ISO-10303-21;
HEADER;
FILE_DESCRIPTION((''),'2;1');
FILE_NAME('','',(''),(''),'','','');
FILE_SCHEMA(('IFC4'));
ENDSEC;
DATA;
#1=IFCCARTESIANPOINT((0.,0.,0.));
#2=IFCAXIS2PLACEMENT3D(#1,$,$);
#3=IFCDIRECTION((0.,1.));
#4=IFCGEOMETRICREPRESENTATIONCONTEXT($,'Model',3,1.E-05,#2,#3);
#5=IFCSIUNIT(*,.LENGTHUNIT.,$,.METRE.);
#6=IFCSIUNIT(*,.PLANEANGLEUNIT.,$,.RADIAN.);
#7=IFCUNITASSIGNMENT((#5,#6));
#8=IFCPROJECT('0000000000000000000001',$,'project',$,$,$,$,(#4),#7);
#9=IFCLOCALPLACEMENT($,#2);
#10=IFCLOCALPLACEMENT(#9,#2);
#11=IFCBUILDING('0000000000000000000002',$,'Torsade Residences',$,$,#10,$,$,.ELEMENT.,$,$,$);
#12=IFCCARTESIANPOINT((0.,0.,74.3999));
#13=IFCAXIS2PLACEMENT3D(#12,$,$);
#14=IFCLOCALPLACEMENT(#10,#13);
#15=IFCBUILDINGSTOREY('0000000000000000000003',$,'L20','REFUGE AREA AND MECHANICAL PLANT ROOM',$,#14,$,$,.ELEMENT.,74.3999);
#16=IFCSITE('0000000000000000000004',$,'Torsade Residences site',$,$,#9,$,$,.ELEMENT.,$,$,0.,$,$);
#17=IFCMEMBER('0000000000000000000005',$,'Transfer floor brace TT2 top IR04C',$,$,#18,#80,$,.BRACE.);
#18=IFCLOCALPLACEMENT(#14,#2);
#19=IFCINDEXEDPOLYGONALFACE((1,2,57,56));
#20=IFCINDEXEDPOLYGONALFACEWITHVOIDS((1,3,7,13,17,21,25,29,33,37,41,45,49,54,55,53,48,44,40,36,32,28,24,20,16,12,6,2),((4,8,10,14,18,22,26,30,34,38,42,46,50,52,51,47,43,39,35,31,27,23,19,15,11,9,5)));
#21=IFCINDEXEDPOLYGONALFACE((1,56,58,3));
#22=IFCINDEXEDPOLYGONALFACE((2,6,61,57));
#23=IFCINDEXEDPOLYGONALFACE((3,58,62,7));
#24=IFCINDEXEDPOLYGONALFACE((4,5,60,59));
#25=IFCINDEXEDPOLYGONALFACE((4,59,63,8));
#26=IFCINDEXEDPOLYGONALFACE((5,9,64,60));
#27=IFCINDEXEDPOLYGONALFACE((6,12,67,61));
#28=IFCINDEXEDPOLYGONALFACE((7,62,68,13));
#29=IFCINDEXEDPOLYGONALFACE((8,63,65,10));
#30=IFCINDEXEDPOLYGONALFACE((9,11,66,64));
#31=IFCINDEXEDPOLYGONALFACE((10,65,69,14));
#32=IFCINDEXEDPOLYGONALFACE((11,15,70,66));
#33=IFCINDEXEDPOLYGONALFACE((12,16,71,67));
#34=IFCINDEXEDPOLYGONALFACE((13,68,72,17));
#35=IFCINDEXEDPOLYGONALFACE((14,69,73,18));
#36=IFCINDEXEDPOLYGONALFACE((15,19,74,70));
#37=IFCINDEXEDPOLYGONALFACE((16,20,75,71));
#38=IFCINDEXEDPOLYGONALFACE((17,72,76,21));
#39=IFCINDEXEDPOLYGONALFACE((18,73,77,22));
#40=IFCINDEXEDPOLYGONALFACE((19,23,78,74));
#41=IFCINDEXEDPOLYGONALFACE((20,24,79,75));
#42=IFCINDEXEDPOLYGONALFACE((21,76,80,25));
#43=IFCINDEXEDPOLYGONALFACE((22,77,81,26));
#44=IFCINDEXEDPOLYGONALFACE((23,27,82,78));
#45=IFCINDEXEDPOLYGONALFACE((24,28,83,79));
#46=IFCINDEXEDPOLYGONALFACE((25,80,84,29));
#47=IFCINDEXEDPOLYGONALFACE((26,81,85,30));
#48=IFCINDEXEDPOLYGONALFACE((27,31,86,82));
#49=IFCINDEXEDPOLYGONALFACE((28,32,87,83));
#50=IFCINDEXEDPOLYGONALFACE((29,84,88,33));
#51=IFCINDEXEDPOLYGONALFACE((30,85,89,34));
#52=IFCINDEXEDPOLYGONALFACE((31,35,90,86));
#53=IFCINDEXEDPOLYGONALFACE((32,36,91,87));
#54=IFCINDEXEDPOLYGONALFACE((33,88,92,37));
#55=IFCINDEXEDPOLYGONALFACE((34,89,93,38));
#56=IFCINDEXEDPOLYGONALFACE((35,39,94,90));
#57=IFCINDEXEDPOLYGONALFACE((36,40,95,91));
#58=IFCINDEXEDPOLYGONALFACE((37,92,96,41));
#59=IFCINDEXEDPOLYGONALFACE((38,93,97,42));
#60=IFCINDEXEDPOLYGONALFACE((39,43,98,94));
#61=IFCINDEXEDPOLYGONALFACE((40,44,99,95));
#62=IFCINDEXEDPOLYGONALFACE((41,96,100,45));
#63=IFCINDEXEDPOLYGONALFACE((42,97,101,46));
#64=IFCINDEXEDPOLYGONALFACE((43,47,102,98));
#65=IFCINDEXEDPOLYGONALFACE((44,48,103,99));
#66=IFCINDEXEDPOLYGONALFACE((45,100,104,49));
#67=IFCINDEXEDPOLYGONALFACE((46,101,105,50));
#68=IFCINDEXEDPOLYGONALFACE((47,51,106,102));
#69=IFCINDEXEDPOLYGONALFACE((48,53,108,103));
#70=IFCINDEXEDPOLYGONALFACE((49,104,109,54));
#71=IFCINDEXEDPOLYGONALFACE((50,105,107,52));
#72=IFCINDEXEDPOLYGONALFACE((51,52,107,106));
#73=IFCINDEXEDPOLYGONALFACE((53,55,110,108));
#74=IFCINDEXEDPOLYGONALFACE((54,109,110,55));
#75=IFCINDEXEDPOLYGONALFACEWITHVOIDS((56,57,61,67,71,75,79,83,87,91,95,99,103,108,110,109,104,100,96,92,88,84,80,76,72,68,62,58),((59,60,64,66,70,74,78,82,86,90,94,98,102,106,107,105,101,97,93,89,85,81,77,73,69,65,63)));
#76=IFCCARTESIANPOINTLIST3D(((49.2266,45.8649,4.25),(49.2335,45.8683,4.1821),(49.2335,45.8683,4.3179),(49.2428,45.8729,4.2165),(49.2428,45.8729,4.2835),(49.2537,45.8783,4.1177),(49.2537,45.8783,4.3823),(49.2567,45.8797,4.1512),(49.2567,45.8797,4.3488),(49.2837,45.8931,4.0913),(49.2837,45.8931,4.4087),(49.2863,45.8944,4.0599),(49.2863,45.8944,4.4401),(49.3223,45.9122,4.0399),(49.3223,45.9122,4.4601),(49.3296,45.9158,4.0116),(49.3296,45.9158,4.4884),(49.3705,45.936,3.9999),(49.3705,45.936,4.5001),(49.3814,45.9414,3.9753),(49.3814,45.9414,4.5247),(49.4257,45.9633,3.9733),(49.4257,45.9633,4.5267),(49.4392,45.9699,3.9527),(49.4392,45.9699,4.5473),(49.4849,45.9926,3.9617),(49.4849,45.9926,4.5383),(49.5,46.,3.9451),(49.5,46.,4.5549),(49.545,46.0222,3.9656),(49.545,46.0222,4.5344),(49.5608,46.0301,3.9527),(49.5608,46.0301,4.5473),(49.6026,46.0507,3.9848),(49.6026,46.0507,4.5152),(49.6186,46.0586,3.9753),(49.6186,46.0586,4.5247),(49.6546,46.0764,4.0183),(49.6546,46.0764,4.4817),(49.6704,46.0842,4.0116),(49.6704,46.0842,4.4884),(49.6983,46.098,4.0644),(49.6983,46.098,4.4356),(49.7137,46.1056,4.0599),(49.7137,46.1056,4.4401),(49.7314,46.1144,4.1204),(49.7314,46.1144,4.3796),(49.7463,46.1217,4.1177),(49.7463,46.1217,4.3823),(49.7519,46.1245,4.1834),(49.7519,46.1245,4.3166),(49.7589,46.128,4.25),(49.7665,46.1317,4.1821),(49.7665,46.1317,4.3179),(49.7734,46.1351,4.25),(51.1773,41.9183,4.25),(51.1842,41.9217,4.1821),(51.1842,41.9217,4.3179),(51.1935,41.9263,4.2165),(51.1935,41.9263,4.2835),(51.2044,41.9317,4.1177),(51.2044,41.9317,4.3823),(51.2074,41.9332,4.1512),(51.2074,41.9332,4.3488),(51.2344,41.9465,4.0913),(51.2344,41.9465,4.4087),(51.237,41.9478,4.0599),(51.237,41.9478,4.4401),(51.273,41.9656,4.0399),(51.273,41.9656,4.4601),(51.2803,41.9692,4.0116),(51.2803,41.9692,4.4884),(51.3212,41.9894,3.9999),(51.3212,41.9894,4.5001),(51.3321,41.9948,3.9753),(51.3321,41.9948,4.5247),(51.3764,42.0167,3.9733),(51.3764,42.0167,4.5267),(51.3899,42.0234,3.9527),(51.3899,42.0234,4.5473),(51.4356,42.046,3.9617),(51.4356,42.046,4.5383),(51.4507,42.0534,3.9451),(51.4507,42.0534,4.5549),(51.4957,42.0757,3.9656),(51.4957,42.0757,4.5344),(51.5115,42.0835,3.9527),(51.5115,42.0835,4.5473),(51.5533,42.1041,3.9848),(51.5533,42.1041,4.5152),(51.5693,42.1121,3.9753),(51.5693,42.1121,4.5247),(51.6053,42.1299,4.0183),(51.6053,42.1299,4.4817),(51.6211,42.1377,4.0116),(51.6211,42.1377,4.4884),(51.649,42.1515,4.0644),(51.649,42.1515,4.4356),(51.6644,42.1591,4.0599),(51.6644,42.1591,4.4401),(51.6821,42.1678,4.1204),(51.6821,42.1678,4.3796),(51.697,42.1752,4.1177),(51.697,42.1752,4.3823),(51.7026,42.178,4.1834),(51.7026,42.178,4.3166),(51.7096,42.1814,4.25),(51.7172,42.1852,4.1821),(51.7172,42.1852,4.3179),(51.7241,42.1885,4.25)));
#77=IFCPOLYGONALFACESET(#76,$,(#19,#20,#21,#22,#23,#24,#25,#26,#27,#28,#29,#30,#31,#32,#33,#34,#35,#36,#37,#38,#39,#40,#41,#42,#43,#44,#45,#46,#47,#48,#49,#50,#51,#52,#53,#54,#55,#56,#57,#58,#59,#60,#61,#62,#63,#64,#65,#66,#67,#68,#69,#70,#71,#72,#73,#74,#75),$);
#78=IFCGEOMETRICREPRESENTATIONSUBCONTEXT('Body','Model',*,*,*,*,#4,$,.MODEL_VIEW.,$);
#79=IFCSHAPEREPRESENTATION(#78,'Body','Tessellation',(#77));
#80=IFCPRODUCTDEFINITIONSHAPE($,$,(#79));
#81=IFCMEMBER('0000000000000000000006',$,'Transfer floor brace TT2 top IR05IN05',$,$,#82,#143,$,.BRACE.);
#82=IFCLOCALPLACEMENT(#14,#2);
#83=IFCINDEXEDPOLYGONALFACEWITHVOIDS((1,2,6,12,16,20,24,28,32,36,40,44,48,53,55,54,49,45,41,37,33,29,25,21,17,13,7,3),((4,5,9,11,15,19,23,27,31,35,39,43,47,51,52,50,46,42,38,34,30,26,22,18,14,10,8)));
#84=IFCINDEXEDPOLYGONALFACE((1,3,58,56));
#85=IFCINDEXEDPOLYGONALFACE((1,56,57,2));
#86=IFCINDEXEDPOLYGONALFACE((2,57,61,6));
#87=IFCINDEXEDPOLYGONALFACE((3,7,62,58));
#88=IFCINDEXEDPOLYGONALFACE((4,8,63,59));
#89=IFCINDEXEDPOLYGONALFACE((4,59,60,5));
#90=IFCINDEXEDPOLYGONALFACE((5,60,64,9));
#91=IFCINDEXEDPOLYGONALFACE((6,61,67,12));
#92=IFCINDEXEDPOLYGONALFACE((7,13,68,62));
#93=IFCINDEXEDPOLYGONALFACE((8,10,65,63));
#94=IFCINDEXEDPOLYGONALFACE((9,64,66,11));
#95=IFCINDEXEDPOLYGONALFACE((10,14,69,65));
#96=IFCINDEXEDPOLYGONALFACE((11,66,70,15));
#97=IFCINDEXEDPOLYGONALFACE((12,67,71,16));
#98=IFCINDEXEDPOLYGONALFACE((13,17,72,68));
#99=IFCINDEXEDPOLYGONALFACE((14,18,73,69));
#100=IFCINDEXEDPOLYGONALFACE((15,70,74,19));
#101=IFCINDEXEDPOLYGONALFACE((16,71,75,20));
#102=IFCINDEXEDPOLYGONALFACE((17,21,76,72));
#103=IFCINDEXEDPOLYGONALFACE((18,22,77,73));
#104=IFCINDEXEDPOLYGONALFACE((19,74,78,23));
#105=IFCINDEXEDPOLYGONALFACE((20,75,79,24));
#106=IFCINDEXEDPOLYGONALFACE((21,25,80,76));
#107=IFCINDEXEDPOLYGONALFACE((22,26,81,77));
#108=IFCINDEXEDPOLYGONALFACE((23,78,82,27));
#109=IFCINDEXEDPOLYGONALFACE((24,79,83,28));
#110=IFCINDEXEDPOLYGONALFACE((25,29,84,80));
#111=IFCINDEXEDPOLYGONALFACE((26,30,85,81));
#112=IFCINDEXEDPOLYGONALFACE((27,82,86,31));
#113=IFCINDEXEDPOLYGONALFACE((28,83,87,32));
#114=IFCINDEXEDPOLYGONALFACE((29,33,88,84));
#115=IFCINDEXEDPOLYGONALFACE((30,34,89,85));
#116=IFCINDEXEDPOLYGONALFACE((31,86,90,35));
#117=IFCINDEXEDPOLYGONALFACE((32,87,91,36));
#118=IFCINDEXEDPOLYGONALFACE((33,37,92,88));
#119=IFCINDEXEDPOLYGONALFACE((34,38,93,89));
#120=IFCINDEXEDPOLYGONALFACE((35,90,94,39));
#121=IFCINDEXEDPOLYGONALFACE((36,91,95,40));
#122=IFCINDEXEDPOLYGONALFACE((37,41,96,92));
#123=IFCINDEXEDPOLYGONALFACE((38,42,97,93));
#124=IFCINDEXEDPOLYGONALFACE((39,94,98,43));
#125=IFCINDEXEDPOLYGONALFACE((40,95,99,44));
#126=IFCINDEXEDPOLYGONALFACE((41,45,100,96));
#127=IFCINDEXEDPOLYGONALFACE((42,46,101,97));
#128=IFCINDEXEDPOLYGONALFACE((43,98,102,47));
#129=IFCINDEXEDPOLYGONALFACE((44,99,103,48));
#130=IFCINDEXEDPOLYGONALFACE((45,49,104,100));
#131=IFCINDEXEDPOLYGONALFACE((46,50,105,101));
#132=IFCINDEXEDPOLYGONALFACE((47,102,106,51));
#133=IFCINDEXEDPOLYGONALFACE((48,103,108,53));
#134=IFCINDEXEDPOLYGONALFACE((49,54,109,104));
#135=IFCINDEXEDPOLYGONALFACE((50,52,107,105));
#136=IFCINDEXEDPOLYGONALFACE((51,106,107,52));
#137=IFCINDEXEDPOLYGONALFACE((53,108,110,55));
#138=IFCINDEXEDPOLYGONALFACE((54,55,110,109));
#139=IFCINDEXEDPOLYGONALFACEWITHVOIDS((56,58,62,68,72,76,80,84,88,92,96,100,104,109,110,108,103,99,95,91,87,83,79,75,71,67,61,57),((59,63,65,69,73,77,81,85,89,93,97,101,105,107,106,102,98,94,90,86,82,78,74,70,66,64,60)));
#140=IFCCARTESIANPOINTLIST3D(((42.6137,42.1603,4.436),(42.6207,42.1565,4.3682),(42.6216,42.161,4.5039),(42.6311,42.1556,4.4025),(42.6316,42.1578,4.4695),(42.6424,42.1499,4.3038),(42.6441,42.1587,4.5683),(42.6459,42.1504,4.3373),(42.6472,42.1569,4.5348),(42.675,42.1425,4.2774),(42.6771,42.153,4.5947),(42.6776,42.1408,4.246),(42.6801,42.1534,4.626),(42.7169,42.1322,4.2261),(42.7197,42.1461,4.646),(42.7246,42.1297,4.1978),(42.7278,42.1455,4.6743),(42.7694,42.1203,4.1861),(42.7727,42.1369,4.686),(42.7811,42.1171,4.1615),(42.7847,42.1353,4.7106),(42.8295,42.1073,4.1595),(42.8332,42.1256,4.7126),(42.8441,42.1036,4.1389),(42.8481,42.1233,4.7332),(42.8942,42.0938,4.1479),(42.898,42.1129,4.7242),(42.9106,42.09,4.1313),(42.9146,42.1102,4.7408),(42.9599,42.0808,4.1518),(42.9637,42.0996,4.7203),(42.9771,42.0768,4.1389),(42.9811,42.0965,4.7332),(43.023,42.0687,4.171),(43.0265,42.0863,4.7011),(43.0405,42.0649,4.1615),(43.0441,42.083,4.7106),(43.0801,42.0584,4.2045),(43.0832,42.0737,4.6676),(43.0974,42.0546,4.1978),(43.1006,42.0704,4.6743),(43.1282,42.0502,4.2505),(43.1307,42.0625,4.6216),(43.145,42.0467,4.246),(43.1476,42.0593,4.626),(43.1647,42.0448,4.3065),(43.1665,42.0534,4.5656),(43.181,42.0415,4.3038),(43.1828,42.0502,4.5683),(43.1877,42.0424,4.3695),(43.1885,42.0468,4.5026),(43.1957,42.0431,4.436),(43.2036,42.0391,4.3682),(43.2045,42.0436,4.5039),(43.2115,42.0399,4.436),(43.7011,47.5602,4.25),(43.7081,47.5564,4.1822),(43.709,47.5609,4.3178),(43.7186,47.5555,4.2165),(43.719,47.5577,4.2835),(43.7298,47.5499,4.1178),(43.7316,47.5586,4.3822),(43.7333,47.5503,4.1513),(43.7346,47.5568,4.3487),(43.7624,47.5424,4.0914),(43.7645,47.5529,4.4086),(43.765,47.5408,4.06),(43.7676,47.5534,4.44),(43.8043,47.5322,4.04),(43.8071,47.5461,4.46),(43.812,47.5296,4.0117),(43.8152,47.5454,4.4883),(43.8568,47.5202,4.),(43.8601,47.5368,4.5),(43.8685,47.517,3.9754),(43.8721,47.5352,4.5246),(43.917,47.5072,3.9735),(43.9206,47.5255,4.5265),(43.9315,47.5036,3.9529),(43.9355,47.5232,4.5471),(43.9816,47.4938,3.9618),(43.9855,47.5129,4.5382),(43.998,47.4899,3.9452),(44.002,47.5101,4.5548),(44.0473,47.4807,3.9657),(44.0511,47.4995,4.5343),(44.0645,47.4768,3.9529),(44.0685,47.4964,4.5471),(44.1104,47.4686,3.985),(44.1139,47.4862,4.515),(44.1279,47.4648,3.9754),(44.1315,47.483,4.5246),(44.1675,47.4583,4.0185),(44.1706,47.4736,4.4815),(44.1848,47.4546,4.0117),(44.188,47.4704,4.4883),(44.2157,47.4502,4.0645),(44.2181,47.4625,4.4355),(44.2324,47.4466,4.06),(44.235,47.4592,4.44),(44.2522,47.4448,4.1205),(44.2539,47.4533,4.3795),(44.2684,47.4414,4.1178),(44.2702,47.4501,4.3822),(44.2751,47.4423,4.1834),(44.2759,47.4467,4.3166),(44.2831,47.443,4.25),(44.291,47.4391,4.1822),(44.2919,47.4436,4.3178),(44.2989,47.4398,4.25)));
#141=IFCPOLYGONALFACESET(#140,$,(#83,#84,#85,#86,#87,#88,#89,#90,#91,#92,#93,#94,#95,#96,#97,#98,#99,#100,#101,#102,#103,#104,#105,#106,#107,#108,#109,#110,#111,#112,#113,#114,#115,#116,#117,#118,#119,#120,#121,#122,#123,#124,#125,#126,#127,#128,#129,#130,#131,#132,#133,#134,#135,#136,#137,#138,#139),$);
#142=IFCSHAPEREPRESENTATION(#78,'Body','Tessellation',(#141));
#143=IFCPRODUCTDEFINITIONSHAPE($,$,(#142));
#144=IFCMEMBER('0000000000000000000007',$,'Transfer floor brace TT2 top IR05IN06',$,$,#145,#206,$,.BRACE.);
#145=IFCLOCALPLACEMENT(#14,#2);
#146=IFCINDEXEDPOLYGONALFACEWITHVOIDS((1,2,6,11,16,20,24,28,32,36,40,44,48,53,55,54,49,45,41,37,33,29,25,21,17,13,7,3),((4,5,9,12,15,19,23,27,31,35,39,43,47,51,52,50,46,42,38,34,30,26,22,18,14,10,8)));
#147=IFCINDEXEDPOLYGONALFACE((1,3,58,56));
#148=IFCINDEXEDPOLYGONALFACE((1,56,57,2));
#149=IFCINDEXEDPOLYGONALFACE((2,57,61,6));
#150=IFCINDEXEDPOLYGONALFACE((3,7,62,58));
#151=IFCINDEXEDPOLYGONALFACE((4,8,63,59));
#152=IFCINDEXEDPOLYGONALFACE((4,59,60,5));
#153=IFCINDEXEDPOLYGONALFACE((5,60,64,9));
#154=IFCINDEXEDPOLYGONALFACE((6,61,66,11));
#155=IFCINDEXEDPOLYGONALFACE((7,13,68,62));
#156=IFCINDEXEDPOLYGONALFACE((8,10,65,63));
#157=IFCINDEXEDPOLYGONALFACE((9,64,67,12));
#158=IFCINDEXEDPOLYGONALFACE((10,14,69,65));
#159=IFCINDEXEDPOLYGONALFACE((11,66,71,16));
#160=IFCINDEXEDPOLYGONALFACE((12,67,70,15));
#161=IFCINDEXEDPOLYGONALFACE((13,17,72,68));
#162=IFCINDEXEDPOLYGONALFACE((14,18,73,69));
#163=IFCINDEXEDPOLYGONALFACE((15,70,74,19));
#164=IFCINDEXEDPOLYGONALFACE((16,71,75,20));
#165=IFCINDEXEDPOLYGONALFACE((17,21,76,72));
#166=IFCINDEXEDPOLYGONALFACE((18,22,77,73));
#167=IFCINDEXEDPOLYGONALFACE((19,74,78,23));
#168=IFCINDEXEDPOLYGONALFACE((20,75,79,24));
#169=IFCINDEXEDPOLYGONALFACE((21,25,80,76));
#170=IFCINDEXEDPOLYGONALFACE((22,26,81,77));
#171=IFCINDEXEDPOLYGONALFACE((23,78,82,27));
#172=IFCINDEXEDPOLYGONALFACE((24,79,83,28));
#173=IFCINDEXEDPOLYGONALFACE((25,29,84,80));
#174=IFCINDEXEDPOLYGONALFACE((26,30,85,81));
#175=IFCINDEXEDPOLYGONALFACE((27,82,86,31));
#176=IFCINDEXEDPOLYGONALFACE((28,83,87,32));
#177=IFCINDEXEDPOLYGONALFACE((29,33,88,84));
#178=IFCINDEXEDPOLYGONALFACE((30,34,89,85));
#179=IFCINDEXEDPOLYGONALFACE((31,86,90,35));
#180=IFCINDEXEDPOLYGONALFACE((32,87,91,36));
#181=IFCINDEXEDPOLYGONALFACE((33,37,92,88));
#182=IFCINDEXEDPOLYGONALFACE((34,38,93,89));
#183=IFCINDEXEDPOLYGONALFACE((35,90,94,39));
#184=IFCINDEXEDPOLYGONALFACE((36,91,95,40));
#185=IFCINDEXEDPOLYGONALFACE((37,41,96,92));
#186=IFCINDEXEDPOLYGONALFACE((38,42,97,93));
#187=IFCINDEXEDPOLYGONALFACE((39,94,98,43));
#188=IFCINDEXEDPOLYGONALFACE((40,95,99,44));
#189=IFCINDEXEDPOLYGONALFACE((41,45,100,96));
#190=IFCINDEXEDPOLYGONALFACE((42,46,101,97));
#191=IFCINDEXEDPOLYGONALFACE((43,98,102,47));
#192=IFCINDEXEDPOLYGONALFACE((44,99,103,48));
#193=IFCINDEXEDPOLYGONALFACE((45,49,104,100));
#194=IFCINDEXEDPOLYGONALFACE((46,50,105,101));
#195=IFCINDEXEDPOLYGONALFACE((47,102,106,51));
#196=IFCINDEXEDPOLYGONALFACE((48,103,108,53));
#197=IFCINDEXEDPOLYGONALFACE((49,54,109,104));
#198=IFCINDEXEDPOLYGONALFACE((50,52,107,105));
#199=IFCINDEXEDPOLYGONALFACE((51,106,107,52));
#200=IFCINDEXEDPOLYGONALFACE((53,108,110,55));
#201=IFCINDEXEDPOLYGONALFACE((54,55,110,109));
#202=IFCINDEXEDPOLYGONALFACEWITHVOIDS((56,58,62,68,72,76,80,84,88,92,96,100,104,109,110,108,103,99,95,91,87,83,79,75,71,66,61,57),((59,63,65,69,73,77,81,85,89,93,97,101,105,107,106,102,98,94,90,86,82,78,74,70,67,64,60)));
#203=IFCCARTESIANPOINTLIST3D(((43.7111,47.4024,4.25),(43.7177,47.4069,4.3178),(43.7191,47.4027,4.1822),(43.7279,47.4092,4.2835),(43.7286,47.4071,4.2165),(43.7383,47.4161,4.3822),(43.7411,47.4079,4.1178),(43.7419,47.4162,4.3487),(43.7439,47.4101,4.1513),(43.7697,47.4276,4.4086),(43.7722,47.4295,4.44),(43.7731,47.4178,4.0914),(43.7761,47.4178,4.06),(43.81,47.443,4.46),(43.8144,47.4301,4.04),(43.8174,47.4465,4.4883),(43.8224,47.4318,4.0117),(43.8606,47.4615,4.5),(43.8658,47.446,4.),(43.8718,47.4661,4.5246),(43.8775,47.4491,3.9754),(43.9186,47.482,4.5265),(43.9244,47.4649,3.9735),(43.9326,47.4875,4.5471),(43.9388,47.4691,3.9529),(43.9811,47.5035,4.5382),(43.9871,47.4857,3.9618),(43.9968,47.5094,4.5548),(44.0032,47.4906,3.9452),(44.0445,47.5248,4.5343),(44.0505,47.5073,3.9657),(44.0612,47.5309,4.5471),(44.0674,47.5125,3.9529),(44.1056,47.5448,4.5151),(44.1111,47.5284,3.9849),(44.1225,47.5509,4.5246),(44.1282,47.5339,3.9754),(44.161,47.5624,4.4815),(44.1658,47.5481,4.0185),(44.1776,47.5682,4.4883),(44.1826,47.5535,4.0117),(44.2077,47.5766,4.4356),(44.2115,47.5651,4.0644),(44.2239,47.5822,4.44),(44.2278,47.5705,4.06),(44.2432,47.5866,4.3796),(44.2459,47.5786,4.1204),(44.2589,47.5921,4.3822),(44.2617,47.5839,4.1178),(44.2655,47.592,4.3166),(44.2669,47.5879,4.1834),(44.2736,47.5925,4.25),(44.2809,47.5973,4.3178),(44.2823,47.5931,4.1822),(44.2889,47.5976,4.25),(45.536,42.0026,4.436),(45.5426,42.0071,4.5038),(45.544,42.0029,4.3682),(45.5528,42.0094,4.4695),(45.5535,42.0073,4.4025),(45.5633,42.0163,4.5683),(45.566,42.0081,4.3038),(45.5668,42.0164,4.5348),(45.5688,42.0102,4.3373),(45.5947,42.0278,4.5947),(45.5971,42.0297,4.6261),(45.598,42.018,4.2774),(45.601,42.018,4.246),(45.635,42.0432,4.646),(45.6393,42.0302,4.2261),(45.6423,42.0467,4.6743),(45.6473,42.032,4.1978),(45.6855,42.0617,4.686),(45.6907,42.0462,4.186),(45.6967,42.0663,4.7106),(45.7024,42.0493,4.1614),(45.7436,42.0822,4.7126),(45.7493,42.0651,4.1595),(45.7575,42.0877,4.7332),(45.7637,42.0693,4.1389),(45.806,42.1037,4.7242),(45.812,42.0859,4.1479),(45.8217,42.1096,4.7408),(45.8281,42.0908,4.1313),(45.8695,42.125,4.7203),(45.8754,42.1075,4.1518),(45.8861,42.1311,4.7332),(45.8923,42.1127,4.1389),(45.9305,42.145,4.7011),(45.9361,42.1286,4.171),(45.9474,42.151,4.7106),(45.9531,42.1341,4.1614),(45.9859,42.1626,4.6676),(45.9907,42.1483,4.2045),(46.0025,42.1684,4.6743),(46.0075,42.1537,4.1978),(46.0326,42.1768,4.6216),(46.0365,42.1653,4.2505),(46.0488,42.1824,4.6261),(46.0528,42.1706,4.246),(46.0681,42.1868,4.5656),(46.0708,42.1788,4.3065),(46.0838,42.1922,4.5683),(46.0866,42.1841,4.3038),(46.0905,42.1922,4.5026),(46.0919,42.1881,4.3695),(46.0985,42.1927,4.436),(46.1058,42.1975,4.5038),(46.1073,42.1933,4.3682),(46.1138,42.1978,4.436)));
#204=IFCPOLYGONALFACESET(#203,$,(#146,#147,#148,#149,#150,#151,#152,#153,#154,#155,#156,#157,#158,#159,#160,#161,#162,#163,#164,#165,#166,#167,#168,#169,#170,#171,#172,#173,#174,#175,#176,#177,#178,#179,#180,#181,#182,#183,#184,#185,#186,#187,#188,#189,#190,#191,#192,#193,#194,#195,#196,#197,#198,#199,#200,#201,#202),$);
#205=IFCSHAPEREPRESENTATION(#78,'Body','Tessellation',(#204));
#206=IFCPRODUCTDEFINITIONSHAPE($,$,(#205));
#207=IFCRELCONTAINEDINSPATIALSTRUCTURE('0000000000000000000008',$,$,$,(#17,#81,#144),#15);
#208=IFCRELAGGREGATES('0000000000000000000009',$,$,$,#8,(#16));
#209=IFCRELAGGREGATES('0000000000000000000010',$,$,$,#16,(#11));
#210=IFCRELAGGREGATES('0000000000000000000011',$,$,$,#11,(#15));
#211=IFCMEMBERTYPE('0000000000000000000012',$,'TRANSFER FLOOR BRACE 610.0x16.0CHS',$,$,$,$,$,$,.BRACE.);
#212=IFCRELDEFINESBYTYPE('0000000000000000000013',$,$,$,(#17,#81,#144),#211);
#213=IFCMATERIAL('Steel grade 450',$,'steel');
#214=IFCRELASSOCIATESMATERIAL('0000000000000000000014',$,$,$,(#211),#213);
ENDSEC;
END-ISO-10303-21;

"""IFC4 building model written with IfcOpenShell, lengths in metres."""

from ifc_helpers import new_model, si_unit, direction, frame, origin, origin_2d, place, context, subcontext, project, spatial, hollow_circle, extrude, material, material_profile, profile_set, type_object, element, save


model = new_model("IFC4")

# Units and contexts
model_context = context("Model", 3, precision=1e-05, world=origin(), true_north=direction((0.0, 1.0)))
body_context = subcontext(model_context, "Body", "Model", "MODEL_VIEW")
ifc_project = project(units=[si_unit("LENGTHUNIT", "METRE"), si_unit("PLANEANGLEUNIT", "RADIAN")], contexts=[model_context])

# Site, building, storey
site_placement = place(None, origin())
site = spatial("IfcSite", under=ifc_project, at=site_placement, Name="Torsade Residences site", CompositionType="ELEMENT", RefElevation=0.0)
building_placement = place(site_placement, origin())
building = spatial("IfcBuilding", under=site, at=building_placement, Name="Torsade Residences", CompositionType="ELEMENT")
storey_placement = place(building_placement, frame((0.0, 0.0, 74.3999)))
storey = spatial("IfcBuildingStorey", under=building, at=storey_placement, Name="L20", Description="REFUGE AREA AND MECHANICAL PLANT ROOM", CompositionType="ELEMENT", Elevation=74.3999)

# Members
ifc_material_1 = material(Name="Steel grade 450", Category="steel")
ifc_material_profile_1 = material_profile(ifc_material_1, hollow_circle(Radius=0.3049, WallThickness=0.0161, at=origin_2d()), Name="610.0x16.0CHS")
ifc_profile_set_1 = profile_set([ifc_material_profile_1], Name="Steel grade 450")
member_type_1 = type_object("IfcMemberType", Name="TRANSFER FLOOR BRACE 610.0x16.0CHS", PredefinedType="BRACE", material=ifc_profile_set_1)
member_1_placement = place(storey_placement, frame((49.5, 46.0, 4.25), z_axis=(0.443105, -0.89647, 0.0), x_axis=(0.89647, 0.443105, 0.0)))
element("IfcMember", 1, at=member_1_placement, inside=storey, type_object=member_type_1, Name="Transfer floor brace TT2 top IR04C", PredefinedType="BRACE", context=body_context, shape_type="SweptSolid", body=[
    extrude(hollow_circle(Radius=0.3049, WallThickness=0.0161, at=origin_2d()), origin(), (0.0, 0.0, 1.0), 4.4023),
])
member_2_placement = place(storey_placement, frame((44.0, 47.5, 4.25), z_axis=(-0.197299, -0.979762, 0.033754), x_axis=(0.980321, -0.197412, 0.0)))
element("IfcMember", 2, at=member_2_placement, inside=storey, type_object=member_type_1, Name="Transfer floor brace TT2 top IR05IN05", PredefinedType="BRACE", context=body_context, shape_type="SweptSolid", body=[
    extrude(hollow_circle(Radius=0.3049, WallThickness=0.0161, at=origin_2d()), origin(), (0.0, 0.0, 1.0), 5.5115),
])
member_3_placement = place(storey_placement, frame((44.0, 47.5, 4.25), z_axis=(0.319999, -0.946856, 0.032621), x_axis=(0.94736, 0.32017, 0.0)))
element("IfcMember", 3, at=member_3_placement, inside=storey, type_object=member_type_1, Name="Transfer floor brace TT2 top IR05IN06", PredefinedType="BRACE", context=body_context, shape_type="SweptSolid", body=[
    extrude(hollow_circle(Radius=0.3049, WallThickness=0.0161, at=origin_2d()), origin(), (0.0, 0.0, 1.0), 5.7029),
])

save(model, "model.ifc")
